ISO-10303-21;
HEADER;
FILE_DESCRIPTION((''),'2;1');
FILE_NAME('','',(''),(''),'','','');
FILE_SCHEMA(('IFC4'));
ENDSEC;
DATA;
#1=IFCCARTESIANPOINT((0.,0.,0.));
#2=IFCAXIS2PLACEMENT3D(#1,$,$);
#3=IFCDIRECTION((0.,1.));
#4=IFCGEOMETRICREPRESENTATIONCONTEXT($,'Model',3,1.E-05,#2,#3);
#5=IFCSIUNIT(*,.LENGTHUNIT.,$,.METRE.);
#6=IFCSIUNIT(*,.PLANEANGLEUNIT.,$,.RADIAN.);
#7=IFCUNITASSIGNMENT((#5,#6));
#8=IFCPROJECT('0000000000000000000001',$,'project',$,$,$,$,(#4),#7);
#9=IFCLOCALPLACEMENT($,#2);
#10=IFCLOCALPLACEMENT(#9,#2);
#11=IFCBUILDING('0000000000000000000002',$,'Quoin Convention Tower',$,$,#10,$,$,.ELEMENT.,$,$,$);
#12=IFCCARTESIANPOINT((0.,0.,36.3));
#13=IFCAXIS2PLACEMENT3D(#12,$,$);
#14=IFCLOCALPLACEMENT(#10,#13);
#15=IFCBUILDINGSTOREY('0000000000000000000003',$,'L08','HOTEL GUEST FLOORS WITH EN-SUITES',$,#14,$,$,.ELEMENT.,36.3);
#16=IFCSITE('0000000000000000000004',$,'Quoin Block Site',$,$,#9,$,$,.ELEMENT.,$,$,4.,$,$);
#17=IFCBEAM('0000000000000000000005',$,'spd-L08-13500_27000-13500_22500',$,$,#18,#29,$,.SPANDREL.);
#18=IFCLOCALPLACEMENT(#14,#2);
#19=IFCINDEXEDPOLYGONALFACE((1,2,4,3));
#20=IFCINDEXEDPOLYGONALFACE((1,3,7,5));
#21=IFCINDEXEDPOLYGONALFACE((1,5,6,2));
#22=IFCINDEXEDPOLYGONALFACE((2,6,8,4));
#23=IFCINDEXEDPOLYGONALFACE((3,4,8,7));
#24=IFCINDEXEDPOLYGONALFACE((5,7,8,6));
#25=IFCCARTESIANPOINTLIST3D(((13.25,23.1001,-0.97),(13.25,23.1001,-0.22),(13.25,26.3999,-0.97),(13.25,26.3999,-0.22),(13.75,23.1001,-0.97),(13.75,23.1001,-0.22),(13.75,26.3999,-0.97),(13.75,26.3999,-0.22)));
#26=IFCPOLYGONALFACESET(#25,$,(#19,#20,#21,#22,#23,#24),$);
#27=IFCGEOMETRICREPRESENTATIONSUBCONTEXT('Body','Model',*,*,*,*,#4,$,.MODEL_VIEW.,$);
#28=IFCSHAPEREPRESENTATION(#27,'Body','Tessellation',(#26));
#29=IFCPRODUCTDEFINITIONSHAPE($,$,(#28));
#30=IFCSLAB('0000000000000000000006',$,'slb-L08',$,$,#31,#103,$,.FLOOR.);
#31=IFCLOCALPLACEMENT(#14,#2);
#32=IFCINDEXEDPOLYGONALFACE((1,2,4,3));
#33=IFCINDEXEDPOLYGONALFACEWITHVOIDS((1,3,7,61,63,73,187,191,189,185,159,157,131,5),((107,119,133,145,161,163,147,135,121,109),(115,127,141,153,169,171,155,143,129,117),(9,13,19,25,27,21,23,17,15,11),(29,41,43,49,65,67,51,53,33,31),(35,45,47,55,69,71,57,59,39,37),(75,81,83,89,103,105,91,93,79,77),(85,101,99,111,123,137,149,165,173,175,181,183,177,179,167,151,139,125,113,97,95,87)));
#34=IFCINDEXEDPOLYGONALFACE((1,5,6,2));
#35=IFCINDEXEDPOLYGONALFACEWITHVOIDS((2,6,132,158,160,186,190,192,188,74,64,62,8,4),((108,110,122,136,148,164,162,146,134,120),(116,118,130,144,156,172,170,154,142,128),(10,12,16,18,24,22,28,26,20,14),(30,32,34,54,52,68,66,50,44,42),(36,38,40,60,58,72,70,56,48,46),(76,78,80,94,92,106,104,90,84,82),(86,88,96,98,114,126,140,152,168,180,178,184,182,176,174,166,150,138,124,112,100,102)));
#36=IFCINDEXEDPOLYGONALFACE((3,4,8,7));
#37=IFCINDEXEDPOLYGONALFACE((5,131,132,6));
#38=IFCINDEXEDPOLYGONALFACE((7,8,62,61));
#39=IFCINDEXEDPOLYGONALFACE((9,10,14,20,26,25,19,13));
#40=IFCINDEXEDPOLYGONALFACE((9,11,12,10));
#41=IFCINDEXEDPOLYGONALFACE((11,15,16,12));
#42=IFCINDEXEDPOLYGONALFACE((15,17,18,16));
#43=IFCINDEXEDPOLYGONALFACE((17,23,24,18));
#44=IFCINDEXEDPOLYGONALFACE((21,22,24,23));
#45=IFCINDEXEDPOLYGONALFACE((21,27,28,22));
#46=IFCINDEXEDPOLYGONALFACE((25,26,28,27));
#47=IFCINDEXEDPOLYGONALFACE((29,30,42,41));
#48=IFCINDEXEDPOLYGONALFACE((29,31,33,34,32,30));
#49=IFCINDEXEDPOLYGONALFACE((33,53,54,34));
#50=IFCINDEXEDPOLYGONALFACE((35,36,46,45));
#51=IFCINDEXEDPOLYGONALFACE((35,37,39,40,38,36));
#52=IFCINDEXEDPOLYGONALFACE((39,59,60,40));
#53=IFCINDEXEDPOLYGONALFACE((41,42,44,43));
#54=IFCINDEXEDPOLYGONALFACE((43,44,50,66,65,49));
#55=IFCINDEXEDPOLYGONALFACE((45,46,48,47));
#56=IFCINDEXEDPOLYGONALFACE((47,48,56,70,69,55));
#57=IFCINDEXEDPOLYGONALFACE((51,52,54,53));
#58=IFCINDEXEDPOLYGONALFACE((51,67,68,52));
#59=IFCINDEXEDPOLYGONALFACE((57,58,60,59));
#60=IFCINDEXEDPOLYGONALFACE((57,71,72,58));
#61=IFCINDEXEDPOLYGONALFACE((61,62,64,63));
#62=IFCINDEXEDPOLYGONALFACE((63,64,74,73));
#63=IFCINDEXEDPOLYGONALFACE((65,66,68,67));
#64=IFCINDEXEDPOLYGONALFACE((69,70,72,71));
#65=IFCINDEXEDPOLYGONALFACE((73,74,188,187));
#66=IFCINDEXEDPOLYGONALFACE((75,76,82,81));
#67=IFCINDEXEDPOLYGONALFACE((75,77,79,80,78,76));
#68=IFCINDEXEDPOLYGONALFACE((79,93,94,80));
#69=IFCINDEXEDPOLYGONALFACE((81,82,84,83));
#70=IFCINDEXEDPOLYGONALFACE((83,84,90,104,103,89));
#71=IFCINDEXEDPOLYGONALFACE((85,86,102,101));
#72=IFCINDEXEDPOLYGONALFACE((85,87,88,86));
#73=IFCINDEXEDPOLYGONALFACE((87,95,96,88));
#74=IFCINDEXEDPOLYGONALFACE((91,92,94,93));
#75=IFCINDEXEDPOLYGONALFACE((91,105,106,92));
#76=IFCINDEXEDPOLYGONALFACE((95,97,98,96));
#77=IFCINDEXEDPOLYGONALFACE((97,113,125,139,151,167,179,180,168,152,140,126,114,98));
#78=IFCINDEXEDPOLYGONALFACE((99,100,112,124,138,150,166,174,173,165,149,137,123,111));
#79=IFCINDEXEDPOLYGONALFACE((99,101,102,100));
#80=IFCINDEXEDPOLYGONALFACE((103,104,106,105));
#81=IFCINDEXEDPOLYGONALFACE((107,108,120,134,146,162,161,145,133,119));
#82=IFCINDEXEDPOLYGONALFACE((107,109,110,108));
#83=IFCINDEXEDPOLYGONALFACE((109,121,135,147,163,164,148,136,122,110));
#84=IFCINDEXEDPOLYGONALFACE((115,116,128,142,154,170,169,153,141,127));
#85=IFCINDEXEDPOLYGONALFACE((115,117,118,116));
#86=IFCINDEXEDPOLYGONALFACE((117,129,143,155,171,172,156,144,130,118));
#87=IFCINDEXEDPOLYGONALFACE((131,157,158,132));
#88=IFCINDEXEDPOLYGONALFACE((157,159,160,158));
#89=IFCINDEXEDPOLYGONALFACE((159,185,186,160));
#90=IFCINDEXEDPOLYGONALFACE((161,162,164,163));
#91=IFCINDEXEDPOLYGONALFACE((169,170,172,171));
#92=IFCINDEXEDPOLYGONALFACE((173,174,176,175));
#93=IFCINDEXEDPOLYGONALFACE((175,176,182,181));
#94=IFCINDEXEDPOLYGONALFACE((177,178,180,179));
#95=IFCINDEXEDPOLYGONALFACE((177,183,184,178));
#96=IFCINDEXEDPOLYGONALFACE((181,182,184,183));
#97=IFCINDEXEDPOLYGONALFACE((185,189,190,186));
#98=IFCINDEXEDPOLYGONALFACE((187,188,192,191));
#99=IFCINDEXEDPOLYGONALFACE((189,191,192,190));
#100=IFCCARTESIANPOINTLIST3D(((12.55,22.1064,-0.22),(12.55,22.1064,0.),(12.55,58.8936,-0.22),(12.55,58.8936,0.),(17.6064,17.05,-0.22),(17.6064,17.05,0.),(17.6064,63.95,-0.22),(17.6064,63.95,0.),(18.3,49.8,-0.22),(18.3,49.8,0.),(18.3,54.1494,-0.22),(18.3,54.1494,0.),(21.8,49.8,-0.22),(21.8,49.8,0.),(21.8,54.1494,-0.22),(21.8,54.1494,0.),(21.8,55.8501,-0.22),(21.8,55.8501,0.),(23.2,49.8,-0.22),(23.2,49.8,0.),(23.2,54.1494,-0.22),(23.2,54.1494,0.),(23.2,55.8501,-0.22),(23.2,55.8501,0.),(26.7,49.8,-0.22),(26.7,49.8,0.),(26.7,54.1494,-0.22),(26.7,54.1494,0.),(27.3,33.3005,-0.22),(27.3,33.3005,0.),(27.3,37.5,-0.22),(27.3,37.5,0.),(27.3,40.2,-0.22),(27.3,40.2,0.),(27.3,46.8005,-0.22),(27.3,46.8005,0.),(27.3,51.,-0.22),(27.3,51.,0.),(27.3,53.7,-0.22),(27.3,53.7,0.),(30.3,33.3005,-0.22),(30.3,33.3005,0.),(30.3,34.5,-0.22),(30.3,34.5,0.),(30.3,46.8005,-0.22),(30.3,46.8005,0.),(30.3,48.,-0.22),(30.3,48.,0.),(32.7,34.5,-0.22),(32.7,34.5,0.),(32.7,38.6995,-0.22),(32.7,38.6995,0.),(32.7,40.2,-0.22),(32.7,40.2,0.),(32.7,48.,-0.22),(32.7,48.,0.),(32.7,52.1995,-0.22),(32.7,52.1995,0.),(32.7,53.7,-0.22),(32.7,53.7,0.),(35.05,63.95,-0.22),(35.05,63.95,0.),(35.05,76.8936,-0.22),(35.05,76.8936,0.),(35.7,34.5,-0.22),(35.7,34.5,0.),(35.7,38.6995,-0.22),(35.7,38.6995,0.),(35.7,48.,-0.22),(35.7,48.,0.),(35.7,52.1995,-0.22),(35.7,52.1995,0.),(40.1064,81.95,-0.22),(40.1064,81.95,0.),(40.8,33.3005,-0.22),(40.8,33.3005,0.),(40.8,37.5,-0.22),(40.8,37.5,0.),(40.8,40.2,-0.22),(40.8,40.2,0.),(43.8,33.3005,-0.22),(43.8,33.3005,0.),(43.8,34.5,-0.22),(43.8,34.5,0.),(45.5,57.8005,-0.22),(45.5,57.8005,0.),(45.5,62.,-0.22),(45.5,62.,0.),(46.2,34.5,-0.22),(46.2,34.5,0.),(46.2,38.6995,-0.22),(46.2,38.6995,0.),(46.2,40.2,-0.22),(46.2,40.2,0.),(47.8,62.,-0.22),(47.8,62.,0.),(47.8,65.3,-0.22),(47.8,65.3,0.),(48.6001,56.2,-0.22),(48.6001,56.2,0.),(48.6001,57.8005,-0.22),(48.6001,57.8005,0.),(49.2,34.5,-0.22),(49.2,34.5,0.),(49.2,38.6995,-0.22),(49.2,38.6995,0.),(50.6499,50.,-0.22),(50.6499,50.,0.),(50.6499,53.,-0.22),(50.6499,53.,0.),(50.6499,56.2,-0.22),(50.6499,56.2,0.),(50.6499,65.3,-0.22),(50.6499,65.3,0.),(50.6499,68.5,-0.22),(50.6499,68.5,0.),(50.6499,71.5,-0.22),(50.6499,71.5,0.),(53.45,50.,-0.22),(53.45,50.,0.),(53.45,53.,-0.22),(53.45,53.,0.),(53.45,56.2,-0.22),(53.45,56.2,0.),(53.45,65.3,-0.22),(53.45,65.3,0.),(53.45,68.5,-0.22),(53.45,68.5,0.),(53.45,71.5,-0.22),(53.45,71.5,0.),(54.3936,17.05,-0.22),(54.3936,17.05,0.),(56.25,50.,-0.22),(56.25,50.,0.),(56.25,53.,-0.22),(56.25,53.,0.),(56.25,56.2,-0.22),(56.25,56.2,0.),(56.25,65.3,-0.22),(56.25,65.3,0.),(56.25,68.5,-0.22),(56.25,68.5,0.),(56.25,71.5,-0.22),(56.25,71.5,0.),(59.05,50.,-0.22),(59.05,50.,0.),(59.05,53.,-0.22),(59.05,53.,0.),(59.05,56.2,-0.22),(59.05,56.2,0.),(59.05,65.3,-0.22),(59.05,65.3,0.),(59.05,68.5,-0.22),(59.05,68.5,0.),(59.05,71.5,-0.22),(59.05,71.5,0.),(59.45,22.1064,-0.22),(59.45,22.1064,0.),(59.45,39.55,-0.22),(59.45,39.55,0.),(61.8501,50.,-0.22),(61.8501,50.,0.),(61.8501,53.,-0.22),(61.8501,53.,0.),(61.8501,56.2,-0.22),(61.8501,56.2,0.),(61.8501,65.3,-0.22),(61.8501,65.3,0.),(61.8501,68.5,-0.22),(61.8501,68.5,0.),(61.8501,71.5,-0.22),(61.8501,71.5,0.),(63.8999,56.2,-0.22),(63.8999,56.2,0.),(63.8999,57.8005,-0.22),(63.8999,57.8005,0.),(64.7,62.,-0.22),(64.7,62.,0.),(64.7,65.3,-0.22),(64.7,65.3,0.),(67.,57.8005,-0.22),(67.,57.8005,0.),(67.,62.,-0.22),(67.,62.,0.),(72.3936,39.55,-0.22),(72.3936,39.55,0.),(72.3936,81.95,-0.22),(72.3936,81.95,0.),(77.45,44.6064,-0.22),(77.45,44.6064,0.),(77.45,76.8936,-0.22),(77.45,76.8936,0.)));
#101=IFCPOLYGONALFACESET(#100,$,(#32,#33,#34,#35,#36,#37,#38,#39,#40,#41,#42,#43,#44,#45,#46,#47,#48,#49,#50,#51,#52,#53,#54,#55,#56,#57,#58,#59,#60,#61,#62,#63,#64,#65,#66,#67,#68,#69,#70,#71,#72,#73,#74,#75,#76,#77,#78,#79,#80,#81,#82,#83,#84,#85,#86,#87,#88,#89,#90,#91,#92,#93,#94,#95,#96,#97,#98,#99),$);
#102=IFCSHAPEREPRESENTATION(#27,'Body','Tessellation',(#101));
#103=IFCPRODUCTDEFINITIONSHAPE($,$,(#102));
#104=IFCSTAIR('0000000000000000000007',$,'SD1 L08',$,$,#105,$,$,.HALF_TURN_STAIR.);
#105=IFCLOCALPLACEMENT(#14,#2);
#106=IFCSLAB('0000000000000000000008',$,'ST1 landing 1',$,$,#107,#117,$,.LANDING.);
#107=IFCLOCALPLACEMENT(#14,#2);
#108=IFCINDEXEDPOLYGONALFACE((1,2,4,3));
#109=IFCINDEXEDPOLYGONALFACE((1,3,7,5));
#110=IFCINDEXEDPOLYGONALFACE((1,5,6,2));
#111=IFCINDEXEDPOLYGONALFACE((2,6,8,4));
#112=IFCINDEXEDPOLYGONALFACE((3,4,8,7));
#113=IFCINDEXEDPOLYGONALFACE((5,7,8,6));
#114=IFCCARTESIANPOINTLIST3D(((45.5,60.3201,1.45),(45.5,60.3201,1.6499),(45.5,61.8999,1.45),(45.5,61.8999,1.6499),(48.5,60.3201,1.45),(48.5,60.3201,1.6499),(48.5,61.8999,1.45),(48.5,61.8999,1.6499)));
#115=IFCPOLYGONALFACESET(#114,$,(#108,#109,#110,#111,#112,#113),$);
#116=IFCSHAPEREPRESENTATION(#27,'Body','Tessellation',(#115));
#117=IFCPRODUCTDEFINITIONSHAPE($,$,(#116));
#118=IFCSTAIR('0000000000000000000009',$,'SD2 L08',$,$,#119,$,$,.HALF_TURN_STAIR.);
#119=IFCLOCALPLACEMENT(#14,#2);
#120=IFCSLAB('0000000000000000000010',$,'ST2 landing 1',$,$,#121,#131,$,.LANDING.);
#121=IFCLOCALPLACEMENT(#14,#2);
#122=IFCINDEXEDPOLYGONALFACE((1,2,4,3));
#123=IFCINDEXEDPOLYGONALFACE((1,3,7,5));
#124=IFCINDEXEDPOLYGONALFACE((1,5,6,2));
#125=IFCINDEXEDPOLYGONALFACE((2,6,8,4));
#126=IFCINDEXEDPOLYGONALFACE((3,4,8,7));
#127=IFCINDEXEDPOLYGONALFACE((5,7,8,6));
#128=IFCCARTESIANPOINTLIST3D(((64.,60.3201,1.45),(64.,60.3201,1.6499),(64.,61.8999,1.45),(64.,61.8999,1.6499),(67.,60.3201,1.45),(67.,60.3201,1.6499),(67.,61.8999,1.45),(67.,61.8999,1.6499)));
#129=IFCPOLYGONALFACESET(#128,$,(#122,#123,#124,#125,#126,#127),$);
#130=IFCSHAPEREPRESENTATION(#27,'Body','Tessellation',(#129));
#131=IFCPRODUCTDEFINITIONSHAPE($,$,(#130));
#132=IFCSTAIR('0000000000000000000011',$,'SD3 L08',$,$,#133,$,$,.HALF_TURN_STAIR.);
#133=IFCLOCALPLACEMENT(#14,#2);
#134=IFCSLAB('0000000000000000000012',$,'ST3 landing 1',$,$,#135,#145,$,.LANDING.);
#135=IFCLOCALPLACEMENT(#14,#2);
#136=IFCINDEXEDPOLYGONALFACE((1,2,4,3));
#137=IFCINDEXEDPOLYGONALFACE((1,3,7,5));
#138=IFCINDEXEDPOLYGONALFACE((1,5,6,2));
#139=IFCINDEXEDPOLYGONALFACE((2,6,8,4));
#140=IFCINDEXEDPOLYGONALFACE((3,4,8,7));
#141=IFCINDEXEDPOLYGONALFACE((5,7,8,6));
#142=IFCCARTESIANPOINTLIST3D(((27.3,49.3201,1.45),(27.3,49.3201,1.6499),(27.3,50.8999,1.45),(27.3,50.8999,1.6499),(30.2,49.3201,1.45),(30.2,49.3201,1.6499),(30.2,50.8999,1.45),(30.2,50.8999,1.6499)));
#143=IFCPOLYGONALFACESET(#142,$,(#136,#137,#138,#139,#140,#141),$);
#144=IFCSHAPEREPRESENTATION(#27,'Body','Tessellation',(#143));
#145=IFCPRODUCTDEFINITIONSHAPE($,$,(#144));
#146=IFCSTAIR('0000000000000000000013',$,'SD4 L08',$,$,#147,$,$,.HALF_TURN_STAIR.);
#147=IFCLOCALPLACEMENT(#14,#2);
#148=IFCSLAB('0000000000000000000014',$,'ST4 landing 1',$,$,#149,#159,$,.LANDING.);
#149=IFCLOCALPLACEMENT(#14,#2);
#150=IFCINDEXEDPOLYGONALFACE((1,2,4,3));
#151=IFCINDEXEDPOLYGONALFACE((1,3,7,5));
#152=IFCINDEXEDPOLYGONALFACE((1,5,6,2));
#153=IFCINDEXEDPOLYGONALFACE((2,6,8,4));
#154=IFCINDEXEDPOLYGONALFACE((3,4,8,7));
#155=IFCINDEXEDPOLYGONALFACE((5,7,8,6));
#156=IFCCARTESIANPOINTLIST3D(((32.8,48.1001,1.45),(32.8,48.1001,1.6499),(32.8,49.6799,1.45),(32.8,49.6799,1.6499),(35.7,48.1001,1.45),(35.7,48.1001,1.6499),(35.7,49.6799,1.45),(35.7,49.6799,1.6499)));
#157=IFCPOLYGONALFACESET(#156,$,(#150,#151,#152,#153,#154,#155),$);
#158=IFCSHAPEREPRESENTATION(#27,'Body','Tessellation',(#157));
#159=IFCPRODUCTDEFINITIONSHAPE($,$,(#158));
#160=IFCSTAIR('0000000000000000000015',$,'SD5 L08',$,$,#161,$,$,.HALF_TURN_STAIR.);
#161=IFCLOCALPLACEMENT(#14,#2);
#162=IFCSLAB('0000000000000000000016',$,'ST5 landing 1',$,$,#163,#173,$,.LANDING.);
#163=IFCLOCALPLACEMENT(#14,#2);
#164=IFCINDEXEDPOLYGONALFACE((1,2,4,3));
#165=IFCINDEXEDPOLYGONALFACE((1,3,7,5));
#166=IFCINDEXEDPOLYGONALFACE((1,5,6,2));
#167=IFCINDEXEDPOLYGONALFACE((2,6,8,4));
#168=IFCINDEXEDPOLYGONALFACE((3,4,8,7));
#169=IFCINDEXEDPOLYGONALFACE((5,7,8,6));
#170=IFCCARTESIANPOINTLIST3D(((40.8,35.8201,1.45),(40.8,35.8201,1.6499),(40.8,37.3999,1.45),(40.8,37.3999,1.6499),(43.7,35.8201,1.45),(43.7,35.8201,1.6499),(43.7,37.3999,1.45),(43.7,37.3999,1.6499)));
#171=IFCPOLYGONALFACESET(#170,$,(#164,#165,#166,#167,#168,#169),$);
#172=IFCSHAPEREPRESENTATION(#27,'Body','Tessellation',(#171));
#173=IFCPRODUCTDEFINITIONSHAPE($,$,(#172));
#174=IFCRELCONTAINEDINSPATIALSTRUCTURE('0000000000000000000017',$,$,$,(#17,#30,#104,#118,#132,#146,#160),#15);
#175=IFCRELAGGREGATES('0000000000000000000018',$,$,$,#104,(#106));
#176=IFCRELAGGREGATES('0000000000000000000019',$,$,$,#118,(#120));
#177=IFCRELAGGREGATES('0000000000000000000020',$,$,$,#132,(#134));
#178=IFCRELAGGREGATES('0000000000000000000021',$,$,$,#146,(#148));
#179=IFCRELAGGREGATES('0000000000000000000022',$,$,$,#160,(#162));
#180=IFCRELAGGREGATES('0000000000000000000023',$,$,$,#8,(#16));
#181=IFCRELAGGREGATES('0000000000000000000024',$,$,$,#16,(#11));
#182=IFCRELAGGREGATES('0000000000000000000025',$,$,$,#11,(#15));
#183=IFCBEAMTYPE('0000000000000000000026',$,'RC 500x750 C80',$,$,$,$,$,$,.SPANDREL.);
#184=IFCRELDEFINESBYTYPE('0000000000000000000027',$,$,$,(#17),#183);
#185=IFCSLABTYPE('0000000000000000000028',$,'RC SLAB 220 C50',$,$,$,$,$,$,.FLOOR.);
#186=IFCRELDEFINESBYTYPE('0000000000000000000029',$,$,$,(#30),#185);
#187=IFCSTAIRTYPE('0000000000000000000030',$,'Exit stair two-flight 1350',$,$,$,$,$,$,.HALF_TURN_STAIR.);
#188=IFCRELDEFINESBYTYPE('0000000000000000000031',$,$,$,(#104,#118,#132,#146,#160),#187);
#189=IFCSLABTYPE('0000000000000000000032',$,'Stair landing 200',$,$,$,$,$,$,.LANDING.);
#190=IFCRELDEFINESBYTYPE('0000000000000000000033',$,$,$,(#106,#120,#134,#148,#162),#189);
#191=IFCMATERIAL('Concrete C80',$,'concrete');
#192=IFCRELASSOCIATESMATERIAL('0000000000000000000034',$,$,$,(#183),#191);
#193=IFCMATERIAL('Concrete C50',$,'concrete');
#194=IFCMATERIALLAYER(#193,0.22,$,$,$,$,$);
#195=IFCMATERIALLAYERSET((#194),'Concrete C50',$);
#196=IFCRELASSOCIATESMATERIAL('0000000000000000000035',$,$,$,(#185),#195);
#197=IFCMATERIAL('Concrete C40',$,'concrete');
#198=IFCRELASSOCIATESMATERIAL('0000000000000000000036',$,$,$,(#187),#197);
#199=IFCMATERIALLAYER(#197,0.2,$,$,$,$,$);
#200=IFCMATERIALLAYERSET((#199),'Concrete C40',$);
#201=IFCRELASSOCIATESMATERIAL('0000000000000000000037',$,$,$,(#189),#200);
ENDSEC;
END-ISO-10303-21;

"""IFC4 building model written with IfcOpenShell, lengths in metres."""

from ifc_helpers import new_model, si_unit, direction, frame, origin, origin_2d, place, context, subcontext, project, spatial, polyline, rectangle, outline, extrude, material, layer, layer_set, material_profile, profile_set, type_object, element, aggregate, save


model = new_model("IFC4")

# Units and contexts
model_context = context("Model", 3, precision=1e-05, world=origin(), true_north=direction((0.0, 1.0)))
body_context = subcontext(model_context, "Body", "Model", "MODEL_VIEW")
ifc_project = project(units=[si_unit("LENGTHUNIT", "METRE"), si_unit("PLANEANGLEUNIT", "RADIAN")], contexts=[model_context])

# Site, building, storey
site_placement = place(None, origin())
site = spatial("IfcSite", under=ifc_project, at=site_placement, Name="Quoin Block Site", CompositionType="ELEMENT", RefElevation=4.0)
building_placement = place(site_placement, origin())
building = spatial("IfcBuilding", under=site, at=building_placement, Name="Quoin Convention Tower", CompositionType="ELEMENT")
storey_placement = place(building_placement, frame((0.0, 0.0, 36.3)))
storey = spatial("IfcBuildingStorey", under=building, at=storey_placement, Name="L08", Description="HOTEL GUEST FLOORS WITH EN-SUITES", CompositionType="ELEMENT", Elevation=36.3)

# Shared definitions
ifc_material_1 = material(Name="Concrete C80", Category="concrete")

# Beam
ifc_material_profile_1 = material_profile(ifc_material_1, rectangle(XDim=0.5, YDim=0.75, at=origin_2d()), Name="RC 500x750")
ifc_profile_set_1 = profile_set([ifc_material_profile_1], Name="Concrete C80")
beam_type_1 = type_object("IfcBeamType", Name="RC 500x750 C80", PredefinedType="SPANDREL", material=ifc_profile_set_1)
for number, where, z_axis, x_axis, name in (
    (1, (13.5, 26.3999, -0.595), (0.0, -1.0, 0.0), (1.0, 0.0, 0.0), "spd-L08-13500_27000-13500_22500"),
):
    element("IfcBeam", number, at=place(storey_placement, frame(where, z_axis=z_axis, x_axis=x_axis)), inside=storey, type_object=beam_type_1, Name=name, PredefinedType="SPANDREL", context=body_context, shape_type="SweptSolid", body=[
        extrude(rectangle(XDim=0.5, YDim=0.75, at=origin_2d()), origin(), (0.0, 0.0, 1.0), 3.2998),
    ])

# Slab
ifc_material_2 = material(Name="Concrete C50", Category="concrete")
ifc_layer_1 = layer(ifc_material_2, 0.22)
ifc_layer_set_1 = layer_set([ifc_layer_1], Name="Concrete C50")
slab_type_1 = type_object("IfcSlabType", Name="RC SLAB 220 C50", PredefinedType="FLOOR", material=ifc_layer_set_1)
slab_1_placement = place(storey_placement, frame((0.0, 0.0, -0.22)))
element("IfcSlab", 2, at=slab_1_placement, inside=storey, type_object=slab_type_1, Name="slb-L08", PredefinedType="FLOOR", context=body_context, shape_type="SweptSolid", body=[
    extrude(outline(polyline([(12.55, 58.8936), (17.6064, 63.95), (35.05, 63.95), (35.05, 76.8936), (40.1064, 81.95), (72.3936, 81.95), (77.45, 76.8936), (77.45, 44.6064), (72.3936, 39.55), (59.45, 39.55), (59.45, 22.1064), (54.3936, 17.05), (17.6064, 17.05), (12.55, 22.1064), (12.55, 58.8936)]), holes=[polyline([(30.3, 33.3005), (30.3, 34.5), (32.7, 34.5), (35.7, 34.5), (35.7, 38.6995), (32.7, 38.6995), (32.7, 40.2), (27.3, 40.2), (27.3, 37.5), (27.3, 33.3005), (30.3, 33.3005)]), polyline([(43.8, 33.3005), (43.8, 34.5), (46.2, 34.5), (49.2, 34.5), (49.2, 38.6995), (46.2, 38.6995), (46.2, 40.2), (40.8, 40.2), (40.8, 37.5), (40.8, 33.3005), (43.8, 33.3005)]), polyline([(27.3, 46.8005), (30.3, 46.8005), (30.3, 48.0), (32.7, 48.0), (35.7, 48.0), (35.7, 52.1995), (32.7, 52.1995), (32.7, 53.7), (27.3, 53.7), (27.3, 51.0), (27.3, 46.8005)]), polyline([(53.45, 50.0), (56.25, 50.0), (59.05, 50.0), (61.8501, 50.0), (61.8501, 53.0), (59.05, 53.0), (56.25, 53.0), (53.45, 53.0), (50.6499, 53.0), (50.6499, 50.0), (53.45, 50.0)]), polyline([(23.2, 49.8), (26.7, 49.8), (26.7, 54.1494), (23.2, 54.1494), (23.2, 55.8501), (21.8, 55.8501), (21.8, 54.1494), (18.3, 54.1494), (18.3, 49.8), (21.8, 49.8), (23.2, 49.8)]), polyline([(45.5, 57.8005), (48.6001, 57.8005), (48.6001, 56.2), (50.6499, 56.2), (53.45, 56.2), (56.25, 56.2), (59.05, 56.2), (61.8501, 56.2), (63.8999, 56.2), (63.8999, 57.8005), (67.0, 57.8005), (67.0, 62.0), (64.7, 62.0), (64.7, 65.3), (61.8501, 65.3), (59.05, 65.3), (56.25, 65.3), (53.45, 65.3), (50.6499, 65.3), (47.8, 65.3), (47.8, 62.0), (45.5, 62.0), (45.5, 57.8005)]), polyline([(59.05, 68.5), (61.8501, 68.5), (61.8501, 71.5), (59.05, 71.5), (56.25, 71.5), (53.45, 71.5), (50.6499, 71.5), (50.6499, 68.5), (53.45, 68.5), (56.25, 68.5), (59.05, 68.5)])]), origin(), (0.0, 0.0, 1.0), 0.22),
])

# Stairs, slabs
ifc_material_3 = material(Name="Concrete C40", Category="concrete")
stair_type_1 = type_object("IfcStairType", Name="Exit stair two-flight 1350", PredefinedType="HALF_TURN_STAIR", material=ifc_material_3)
stair_1_placement = place(storey_placement, origin())
stair_1 = element("IfcStair", 3, at=stair_1_placement, inside=storey, type_object=stair_type_1, Name="SD1 L08", PredefinedType="HALF_TURN_STAIR")
ifc_layer_2 = layer(ifc_material_3, 0.2)
ifc_layer_set_2 = layer_set([ifc_layer_2], Name="Concrete C40")
slab_type_2 = type_object("IfcSlabType", Name="Stair landing 200", PredefinedType="LANDING", material=ifc_layer_set_2)
slab_2_placement = place(storey_placement, frame((0.0, 0.0, 1.45)))
slab_2 = element("IfcSlab", 4, at=slab_2_placement, type_object=slab_type_2, Name="ST1 landing 1", PredefinedType="LANDING", context=body_context, shape_type="SweptSolid", body=[
    extrude(outline(polyline([(45.5, 60.3201), (48.5, 60.3201), (48.5, 61.8999), (45.5, 61.8999), (45.5, 60.3201)])), origin(), (0.0, 0.0, 1.0), 0.2),
])
aggregate(stair_1, [slab_2])
stair_2_placement = place(storey_placement, origin())
stair_2 = element("IfcStair", 5, at=stair_2_placement, inside=storey, type_object=stair_type_1, Name="SD2 L08", PredefinedType="HALF_TURN_STAIR")
slab_3_placement = place(storey_placement, frame((0.0, 0.0, 1.45)))
slab_3 = element("IfcSlab", 6, at=slab_3_placement, type_object=slab_type_2, Name="ST2 landing 1", PredefinedType="LANDING", context=body_context, shape_type="SweptSolid", body=[
    extrude(outline(polyline([(64.0, 60.3201), (67.0, 60.3201), (67.0, 61.8999), (64.0, 61.8999), (64.0, 60.3201)])), origin(), (0.0, 0.0, 1.0), 0.2),
])
aggregate(stair_2, [slab_3])
stair_3_placement = place(storey_placement, origin())
stair_3 = element("IfcStair", 7, at=stair_3_placement, inside=storey, type_object=stair_type_1, Name="SD3 L08", PredefinedType="HALF_TURN_STAIR")
slab_4_placement = place(storey_placement, frame((0.0, 0.0, 1.45)))
slab_4 = element("IfcSlab", 8, at=slab_4_placement, type_object=slab_type_2, Name="ST3 landing 1", PredefinedType="LANDING", context=body_context, shape_type="SweptSolid", body=[
    extrude(outline(polyline([(27.3, 49.3201), (30.2, 49.3201), (30.2, 50.8999), (27.3, 50.8999), (27.3, 49.3201)])), origin(), (0.0, 0.0, 1.0), 0.2),
])
aggregate(stair_3, [slab_4])
stair_4_placement = place(storey_placement, origin())
stair_4 = element("IfcStair", 9, at=stair_4_placement, inside=storey, type_object=stair_type_1, Name="SD4 L08", PredefinedType="HALF_TURN_STAIR")
slab_5_placement = place(storey_placement, frame((0.0, 0.0, 1.45)))
slab_5 = element("IfcSlab", 10, at=slab_5_placement, type_object=slab_type_2, Name="ST4 landing 1", PredefinedType="LANDING", context=body_context, shape_type="SweptSolid", body=[
    extrude(outline(polyline([(35.7, 49.6799), (32.8, 49.6799), (32.8, 48.1001), (35.7, 48.1001), (35.7, 49.6799)])), origin(), (0.0, 0.0, 1.0), 0.2),
])
aggregate(stair_4, [slab_5])
stair_5_placement = place(storey_placement, origin())
stair_5 = element("IfcStair", 11, at=stair_5_placement, inside=storey, type_object=stair_type_1, Name="SD5 L08", PredefinedType="HALF_TURN_STAIR")
slab_6_placement = place(storey_placement, frame((0.0, 0.0, 1.45)))
slab_6 = element("IfcSlab", 12, at=slab_6_placement, type_object=slab_type_2, Name="ST5 landing 1", PredefinedType="LANDING", context=body_context, shape_type="SweptSolid", body=[
    extrude(outline(polyline([(40.8, 35.8201), (43.7, 35.8201), (43.7, 37.3999), (40.8, 37.3999), (40.8, 35.8201)])), origin(), (0.0, 0.0, 1.0), 0.2),
])
aggregate(stair_5, [slab_6])

save(model, "model.ifc")
